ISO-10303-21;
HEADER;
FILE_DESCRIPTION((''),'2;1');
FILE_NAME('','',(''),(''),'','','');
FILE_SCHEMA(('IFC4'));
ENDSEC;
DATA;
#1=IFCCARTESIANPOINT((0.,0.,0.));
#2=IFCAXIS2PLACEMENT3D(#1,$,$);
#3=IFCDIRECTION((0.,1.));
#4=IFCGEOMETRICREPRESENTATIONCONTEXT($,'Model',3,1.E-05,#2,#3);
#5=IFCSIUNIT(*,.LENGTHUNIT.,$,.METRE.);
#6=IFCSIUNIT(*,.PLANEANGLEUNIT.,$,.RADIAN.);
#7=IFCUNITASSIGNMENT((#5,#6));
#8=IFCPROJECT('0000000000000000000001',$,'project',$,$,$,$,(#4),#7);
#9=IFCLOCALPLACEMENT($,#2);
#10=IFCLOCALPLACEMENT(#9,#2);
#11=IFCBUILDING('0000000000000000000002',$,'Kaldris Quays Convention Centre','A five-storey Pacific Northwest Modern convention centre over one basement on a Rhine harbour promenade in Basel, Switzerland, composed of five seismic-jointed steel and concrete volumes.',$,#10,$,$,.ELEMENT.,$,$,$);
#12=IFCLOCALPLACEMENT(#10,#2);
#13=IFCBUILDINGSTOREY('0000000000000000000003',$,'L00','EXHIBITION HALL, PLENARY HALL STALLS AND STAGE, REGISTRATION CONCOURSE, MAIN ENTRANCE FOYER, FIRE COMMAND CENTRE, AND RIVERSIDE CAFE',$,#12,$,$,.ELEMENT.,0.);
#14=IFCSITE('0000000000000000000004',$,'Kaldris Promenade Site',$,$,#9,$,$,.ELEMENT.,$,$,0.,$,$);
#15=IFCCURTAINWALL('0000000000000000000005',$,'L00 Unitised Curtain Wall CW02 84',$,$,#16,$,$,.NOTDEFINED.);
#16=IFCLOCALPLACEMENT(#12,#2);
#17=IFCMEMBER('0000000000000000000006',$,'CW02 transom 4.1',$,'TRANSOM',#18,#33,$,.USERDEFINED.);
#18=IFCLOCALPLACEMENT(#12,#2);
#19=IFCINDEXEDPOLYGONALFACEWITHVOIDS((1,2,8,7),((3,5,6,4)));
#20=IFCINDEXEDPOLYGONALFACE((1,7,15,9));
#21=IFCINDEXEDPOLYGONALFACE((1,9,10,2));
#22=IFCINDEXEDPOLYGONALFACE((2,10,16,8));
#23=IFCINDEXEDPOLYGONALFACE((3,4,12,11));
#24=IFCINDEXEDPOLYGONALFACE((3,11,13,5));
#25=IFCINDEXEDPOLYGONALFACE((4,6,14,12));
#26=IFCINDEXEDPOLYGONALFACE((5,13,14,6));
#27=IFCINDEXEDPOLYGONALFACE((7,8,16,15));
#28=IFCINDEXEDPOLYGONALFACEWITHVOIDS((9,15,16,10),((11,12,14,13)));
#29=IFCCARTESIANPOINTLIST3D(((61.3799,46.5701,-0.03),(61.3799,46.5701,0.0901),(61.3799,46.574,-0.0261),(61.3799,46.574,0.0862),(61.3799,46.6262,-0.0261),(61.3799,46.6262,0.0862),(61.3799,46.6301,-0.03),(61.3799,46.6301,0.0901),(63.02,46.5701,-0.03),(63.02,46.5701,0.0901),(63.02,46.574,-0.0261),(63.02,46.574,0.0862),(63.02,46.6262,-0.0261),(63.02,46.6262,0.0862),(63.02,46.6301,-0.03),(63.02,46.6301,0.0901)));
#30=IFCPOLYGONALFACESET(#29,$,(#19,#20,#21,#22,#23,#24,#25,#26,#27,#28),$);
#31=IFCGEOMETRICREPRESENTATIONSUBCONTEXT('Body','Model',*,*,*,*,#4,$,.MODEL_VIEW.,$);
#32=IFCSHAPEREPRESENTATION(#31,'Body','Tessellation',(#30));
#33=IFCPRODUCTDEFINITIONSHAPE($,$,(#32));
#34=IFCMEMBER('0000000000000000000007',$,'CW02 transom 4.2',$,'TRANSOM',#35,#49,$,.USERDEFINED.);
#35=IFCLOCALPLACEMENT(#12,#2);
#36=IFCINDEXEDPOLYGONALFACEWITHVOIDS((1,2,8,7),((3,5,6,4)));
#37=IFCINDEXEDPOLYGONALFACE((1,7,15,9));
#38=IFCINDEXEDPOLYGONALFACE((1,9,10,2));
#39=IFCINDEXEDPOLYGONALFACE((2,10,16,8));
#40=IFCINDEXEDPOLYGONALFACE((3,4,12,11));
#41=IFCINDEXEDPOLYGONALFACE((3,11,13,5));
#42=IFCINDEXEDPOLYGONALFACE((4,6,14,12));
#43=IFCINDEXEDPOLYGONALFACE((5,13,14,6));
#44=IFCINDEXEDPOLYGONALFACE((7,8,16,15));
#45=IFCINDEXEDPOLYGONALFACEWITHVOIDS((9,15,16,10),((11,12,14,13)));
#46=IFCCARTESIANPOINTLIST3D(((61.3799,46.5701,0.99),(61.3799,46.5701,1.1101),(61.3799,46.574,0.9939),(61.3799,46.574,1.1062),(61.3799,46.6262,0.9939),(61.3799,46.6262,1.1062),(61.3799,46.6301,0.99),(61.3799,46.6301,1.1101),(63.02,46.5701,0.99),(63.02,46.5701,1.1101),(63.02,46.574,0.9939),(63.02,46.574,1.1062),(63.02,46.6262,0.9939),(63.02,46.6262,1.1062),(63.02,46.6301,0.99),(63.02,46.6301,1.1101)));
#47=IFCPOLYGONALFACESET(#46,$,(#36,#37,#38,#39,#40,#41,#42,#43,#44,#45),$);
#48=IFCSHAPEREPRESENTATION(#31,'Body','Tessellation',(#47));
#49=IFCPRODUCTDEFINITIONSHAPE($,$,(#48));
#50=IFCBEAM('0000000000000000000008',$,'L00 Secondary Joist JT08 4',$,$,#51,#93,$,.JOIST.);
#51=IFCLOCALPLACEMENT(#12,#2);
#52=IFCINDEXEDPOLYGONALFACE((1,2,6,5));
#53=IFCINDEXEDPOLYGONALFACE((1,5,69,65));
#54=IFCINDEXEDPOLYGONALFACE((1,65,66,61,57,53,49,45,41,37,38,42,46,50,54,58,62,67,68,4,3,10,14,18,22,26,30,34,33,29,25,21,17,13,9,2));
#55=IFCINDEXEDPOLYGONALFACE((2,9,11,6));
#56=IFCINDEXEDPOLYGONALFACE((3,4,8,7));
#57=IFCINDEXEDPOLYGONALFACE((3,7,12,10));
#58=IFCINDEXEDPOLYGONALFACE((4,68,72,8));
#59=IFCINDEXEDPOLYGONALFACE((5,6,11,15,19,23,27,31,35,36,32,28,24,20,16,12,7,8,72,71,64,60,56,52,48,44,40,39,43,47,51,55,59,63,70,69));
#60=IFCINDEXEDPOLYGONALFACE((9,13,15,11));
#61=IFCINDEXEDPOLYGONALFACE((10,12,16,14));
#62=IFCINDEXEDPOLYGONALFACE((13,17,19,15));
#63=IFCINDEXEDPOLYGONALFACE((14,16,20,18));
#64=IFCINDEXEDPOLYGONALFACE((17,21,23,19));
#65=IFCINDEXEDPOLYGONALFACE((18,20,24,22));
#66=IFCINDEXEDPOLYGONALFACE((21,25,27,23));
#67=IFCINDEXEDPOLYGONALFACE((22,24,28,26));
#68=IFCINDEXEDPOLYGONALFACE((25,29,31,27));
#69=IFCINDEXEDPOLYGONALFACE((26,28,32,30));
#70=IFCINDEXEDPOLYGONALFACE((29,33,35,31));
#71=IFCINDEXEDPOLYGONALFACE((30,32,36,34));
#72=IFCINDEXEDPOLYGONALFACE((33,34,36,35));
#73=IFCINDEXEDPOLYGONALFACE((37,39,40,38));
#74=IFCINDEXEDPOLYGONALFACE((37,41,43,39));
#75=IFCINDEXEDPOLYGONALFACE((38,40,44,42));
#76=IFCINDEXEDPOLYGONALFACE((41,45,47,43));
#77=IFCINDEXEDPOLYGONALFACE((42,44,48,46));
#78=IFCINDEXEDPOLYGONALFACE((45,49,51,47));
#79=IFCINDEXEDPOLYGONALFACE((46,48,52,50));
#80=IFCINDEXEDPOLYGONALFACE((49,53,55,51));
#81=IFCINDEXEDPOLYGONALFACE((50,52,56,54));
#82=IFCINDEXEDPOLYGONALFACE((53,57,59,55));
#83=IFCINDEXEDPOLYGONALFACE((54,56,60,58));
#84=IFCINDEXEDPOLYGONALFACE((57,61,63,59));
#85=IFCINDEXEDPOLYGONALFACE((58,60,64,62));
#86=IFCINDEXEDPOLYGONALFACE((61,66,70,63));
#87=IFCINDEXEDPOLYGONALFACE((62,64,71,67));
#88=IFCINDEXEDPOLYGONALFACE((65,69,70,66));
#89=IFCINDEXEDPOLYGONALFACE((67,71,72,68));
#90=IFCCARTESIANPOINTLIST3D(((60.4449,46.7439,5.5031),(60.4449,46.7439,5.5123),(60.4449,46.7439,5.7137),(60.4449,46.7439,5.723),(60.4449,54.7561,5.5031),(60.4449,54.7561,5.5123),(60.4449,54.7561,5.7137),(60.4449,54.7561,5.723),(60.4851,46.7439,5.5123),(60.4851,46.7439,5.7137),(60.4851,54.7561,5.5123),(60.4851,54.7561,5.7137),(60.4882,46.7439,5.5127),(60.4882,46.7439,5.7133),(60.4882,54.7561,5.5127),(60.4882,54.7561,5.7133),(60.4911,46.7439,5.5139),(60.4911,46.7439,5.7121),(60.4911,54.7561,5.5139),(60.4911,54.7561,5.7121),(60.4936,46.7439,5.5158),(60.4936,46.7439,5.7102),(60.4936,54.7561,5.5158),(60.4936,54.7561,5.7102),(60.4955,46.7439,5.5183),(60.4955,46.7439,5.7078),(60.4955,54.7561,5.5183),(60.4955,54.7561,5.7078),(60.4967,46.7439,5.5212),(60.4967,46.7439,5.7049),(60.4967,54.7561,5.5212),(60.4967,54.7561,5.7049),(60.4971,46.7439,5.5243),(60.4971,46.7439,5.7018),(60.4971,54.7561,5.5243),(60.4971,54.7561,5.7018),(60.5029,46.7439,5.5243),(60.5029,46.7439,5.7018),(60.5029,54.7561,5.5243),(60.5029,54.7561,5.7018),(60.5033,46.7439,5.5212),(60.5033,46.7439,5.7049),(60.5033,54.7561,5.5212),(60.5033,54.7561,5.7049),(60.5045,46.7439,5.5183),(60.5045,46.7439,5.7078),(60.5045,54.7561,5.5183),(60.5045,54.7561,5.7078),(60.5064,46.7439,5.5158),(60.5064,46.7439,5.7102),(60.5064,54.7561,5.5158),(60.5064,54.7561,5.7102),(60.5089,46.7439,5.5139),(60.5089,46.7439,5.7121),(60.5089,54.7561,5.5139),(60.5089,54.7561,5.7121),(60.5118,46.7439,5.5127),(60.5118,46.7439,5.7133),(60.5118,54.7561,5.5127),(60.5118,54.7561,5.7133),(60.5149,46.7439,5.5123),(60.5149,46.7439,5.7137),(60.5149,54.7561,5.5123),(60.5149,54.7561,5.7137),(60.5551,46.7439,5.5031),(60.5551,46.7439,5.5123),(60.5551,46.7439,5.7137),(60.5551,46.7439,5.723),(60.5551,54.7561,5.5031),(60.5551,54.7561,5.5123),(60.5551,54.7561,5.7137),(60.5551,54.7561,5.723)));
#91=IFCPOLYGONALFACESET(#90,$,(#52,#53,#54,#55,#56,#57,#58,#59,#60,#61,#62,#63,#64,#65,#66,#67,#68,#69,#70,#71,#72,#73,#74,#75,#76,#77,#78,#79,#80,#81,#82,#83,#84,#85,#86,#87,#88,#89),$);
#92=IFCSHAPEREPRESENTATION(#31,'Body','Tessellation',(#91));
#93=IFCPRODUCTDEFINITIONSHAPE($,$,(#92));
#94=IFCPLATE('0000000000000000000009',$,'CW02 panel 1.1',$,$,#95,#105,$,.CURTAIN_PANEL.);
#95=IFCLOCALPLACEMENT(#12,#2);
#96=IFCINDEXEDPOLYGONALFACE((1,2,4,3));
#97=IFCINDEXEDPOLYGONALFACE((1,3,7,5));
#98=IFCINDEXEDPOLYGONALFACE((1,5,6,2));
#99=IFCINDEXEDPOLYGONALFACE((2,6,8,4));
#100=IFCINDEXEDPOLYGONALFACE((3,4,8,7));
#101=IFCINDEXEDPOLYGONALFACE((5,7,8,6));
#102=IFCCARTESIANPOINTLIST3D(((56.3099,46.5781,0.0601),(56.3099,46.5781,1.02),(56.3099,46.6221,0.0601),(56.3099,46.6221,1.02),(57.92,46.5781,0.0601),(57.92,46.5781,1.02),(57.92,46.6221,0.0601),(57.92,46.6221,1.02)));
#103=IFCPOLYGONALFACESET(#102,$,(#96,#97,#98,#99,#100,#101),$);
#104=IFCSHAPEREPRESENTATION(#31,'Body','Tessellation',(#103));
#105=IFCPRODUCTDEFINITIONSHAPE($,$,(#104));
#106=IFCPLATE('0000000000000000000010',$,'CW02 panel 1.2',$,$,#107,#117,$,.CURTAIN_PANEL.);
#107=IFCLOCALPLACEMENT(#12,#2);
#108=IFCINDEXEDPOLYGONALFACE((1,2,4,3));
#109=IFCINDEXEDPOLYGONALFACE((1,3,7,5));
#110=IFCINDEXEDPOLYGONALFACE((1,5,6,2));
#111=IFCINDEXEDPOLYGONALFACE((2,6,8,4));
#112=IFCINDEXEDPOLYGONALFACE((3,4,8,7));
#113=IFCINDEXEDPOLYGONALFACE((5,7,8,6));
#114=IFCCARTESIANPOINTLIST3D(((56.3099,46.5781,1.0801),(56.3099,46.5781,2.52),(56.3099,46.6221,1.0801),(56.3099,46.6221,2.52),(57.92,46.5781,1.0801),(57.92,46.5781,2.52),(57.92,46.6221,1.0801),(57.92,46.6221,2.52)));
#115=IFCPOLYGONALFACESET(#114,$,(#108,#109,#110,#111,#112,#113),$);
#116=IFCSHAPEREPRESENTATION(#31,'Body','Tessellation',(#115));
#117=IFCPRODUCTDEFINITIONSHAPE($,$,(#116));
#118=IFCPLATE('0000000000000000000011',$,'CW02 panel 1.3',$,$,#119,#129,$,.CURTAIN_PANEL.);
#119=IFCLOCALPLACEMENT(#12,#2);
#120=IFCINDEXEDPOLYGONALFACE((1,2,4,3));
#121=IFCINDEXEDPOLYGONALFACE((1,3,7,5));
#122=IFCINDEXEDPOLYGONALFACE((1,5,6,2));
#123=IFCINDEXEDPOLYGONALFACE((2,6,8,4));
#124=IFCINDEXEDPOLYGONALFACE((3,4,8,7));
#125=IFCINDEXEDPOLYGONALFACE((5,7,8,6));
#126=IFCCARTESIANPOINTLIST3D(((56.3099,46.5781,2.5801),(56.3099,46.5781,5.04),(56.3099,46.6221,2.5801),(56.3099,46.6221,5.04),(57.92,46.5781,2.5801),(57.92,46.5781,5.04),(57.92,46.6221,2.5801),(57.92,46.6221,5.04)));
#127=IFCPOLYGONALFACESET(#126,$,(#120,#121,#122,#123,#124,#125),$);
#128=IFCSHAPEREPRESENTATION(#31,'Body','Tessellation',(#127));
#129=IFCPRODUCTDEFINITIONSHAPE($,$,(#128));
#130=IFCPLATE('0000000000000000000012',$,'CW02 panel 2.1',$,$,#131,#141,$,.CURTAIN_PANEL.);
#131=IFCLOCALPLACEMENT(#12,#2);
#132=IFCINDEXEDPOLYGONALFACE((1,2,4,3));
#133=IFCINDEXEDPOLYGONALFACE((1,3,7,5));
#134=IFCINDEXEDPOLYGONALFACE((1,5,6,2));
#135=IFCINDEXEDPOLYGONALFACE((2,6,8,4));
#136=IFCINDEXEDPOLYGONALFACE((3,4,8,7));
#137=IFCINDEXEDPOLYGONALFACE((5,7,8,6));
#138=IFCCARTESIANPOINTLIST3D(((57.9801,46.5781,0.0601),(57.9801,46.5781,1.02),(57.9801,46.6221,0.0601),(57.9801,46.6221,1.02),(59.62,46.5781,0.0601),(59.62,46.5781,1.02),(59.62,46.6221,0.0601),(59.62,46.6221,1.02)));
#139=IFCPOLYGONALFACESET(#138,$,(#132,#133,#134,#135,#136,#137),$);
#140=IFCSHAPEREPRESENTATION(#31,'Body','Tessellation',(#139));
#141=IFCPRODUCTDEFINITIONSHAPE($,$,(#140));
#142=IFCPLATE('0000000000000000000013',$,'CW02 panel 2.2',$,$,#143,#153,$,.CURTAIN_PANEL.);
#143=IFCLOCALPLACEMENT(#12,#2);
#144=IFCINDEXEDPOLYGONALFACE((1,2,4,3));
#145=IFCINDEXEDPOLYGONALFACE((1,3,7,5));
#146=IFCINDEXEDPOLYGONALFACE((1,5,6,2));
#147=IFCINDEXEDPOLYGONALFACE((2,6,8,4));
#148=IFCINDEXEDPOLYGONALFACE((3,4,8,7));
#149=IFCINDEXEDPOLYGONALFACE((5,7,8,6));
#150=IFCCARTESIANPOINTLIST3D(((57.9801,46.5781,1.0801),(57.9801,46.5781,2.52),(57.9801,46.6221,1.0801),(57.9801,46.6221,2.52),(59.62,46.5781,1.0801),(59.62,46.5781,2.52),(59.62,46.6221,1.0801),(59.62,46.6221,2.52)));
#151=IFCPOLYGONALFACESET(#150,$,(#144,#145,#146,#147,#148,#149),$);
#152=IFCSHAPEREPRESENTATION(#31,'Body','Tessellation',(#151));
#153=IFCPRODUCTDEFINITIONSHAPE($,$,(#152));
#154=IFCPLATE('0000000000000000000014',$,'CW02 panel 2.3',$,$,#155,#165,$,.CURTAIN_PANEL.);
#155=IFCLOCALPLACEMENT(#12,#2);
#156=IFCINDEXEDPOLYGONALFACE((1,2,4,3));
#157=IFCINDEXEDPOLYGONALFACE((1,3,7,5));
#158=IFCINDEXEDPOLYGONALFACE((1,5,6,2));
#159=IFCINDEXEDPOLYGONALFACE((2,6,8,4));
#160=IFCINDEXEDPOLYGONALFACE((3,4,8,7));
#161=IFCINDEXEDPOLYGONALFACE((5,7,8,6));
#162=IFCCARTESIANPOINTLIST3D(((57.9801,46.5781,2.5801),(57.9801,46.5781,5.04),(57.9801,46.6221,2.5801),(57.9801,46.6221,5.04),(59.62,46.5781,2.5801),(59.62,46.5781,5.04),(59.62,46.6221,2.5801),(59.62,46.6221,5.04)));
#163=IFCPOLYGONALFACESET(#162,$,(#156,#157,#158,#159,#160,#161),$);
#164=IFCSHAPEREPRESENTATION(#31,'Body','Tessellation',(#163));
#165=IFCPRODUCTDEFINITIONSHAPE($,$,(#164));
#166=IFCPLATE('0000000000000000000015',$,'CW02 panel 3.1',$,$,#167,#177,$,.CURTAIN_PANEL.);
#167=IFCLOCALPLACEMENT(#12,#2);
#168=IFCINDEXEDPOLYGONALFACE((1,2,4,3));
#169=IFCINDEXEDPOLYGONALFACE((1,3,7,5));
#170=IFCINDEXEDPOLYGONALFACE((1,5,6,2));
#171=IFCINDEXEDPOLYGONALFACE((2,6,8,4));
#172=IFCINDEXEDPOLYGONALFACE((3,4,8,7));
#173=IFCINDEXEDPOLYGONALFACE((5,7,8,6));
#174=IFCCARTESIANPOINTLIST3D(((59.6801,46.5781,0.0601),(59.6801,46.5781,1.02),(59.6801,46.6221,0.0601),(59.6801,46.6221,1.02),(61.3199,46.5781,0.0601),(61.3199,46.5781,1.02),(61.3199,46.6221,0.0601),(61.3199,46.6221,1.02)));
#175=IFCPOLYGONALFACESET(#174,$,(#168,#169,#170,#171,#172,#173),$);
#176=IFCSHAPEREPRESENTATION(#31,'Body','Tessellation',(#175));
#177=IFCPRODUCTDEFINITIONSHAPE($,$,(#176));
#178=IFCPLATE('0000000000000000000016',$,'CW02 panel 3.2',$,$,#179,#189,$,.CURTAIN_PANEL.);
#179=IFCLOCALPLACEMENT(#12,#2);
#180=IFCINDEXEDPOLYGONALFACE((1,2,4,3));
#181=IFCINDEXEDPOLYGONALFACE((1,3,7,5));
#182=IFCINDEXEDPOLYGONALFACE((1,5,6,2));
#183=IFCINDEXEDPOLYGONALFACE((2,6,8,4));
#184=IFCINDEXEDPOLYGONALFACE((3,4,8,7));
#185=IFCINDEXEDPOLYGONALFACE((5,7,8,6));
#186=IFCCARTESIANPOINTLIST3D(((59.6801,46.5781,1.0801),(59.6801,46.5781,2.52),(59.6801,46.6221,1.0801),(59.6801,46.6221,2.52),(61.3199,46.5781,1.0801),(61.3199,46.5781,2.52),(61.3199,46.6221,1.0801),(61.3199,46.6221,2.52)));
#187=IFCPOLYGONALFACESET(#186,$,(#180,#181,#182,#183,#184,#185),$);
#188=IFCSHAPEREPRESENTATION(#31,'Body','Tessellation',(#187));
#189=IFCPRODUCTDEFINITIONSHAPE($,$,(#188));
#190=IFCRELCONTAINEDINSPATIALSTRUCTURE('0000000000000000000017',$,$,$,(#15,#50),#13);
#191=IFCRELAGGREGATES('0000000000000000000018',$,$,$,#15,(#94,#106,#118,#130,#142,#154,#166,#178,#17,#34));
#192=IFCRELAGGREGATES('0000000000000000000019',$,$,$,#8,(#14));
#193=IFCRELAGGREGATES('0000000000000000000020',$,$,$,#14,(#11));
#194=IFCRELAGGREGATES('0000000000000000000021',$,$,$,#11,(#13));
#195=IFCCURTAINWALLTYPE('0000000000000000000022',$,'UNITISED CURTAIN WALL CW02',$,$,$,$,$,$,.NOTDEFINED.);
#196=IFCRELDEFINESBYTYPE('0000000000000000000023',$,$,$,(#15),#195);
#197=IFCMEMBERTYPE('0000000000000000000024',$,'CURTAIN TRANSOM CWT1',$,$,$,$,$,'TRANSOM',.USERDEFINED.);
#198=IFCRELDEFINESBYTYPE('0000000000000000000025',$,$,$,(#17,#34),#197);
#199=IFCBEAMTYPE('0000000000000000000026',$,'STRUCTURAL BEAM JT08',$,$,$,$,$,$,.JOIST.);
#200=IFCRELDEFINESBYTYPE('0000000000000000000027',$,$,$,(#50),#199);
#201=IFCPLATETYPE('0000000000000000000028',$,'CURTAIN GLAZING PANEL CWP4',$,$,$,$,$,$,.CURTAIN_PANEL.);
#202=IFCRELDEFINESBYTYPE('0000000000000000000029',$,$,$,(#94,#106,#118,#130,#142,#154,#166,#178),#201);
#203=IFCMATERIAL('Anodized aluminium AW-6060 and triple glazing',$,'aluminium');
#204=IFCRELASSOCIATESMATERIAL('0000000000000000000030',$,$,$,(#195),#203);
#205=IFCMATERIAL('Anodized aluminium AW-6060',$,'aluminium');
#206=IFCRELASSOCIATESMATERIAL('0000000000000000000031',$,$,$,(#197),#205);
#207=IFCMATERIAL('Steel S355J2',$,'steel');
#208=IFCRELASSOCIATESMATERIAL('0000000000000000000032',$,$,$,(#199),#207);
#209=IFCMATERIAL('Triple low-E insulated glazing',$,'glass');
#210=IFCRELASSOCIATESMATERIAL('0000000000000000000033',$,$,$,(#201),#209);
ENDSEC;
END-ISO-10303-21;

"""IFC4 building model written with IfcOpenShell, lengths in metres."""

from ifc_helpers import new_model, si_unit, direction, frame, origin, origin_2d, place, context, subcontext, project, spatial, rectangle, hollow_rectangle, i_section, extrude, material, material_profile, profile_set, type_object, element, aggregate, save


model = new_model("IFC4")

# Units and contexts
model_context = context("Model", 3, precision=1e-05, world=origin(), true_north=direction((0.0, 1.0)))
body_context = subcontext(model_context, "Body", "Model", "MODEL_VIEW")
ifc_project = project(units=[si_unit("LENGTHUNIT", "METRE"), si_unit("PLANEANGLEUNIT", "RADIAN")], contexts=[model_context])

# Site, building, storey
site_placement = place(None, origin())
site = spatial("IfcSite", under=ifc_project, at=site_placement, Name="Kaldris Promenade Site", CompositionType="ELEMENT", RefElevation=0.0)
building_placement = place(site_placement, origin())
building = spatial("IfcBuilding", under=site, at=building_placement, Name="Kaldris Quays Convention Centre", Description="A five-storey Pacific Northwest Modern convention centre over one basement on a Rhine harbour promenade in Basel, Switzerland, composed of five seismic-jointed steel and concrete volumes.", CompositionType="ELEMENT")
storey_placement = place(building_placement, origin())
storey = spatial("IfcBuildingStorey", under=building, at=storey_placement, Name="L00", Description="EXHIBITION HALL, PLENARY HALL STALLS AND STAGE, REGISTRATION CONCOURSE, MAIN ENTRANCE FOYER, FIRE COMMAND CENTRE, AND RIVERSIDE CAFE", CompositionType="ELEMENT", Elevation=0.0)

# Curtain wall, members
ifc_material_1 = material(Name="Anodized aluminium AW-6060 and triple glazing", Category="aluminium")
curtain_wall_type = type_object("IfcCurtainWallType", Name="UNITISED CURTAIN WALL CW02", PredefinedType="NOTDEFINED", material=ifc_material_1)
curtain_wall_placement = place(storey_placement, origin())
curtain_wall = element("IfcCurtainWall", 1, at=curtain_wall_placement, inside=storey, type_object=curtain_wall_type, Name="L00 Unitised Curtain Wall CW02 84", PredefinedType="NOTDEFINED")
ifc_material_2 = material(Name="Anodized aluminium AW-6060", Category="aluminium")
ifc_material_profile_1 = material_profile(ifc_material_2, hollow_rectangle(XDim=0.0601, YDim=0.1201, WallThickness=0.0039, at=origin_2d()), Name="RHS 120x60x4")
ifc_profile_set_1 = profile_set([ifc_material_profile_1], Name="Anodized aluminium AW-6060")
member_type_1 = type_object("IfcMemberType", Name="CURTAIN TRANSOM CWT1", ElementType="TRANSOM", PredefinedType="USERDEFINED", material=ifc_profile_set_1)
member_1_placement = place(storey_placement, frame((61.3799, 46.6001, 0.03), z_axis=(1.0, 0.0, 0.0), x_axis=(0.0, 1.0, 0.0)))
member_1 = element("IfcMember", 2, at=member_1_placement, type_object=member_type_1, Name="CW02 transom 4.1", ObjectType="TRANSOM", PredefinedType="USERDEFINED", context=body_context, shape_type="SweptSolid", body=[
    extrude(hollow_rectangle(XDim=0.0601, YDim=0.1201, WallThickness=0.0039, at=origin_2d()), origin(), (0.0, 0.0, 1.0), 1.6401),
])
member_2_placement = place(storey_placement, frame((61.3799, 46.6001, 1.05), z_axis=(1.0, 0.0, 0.0), x_axis=(0.0, 1.0, 0.0)))
member_2 = element("IfcMember", 3, at=member_2_placement, type_object=member_type_1, Name="CW02 transom 4.2", ObjectType="TRANSOM", PredefinedType="USERDEFINED", context=body_context, shape_type="SweptSolid", body=[
    extrude(hollow_rectangle(XDim=0.0601, YDim=0.1201, WallThickness=0.0039, at=origin_2d()), origin(), (0.0, 0.0, 1.0), 1.6401),
])

# Beam
ifc_material_3 = material(Name="Steel S355J2", Category="steel")
ifc_material_profile_2 = material_profile(ifc_material_3, i_section(OverallWidth=0.1101, OverallDepth=0.22, WebThickness=0.0059, FlangeThickness=0.0093, FilletRadius=0.012, at=origin_2d()), Name="IPE 220")
ifc_profile_set_2 = profile_set([ifc_material_profile_2], Name="Steel S355J2")
beam_type = type_object("IfcBeamType", Name="STRUCTURAL BEAM JT08", PredefinedType="JOIST", material=ifc_profile_set_2)
beam_placement = place(storey_placement, frame((60.5, 46.7439, 5.613), z_axis=(0.0, 1.0, 0.0), x_axis=(-1.0, 0.0, 0.0)))
element("IfcBeam", 4, at=beam_placement, inside=storey, type_object=beam_type, Name="L00 Secondary Joist JT08 4", PredefinedType="JOIST", context=body_context, shape_type="SweptSolid", body=[
    extrude(i_section(OverallWidth=0.1101, OverallDepth=0.22, WebThickness=0.0059, FlangeThickness=0.0093, FilletRadius=0.012, at=origin_2d()), origin(), (0.0, 0.0, 1.0), 8.0122),
])

# Plates
ifc_material_4 = material(Name="Triple low-E insulated glazing", Category="glass")
plate_type = type_object("IfcPlateType", Name="CURTAIN GLAZING PANEL CWP4", PredefinedType="CURTAIN_PANEL", material=ifc_material_4)
plate_1_placement = place(storey_placement, frame((57.115, 46.6001, 0.0601), z_axis=(0.0, 0.0, 1.0), x_axis=(1.0, 0.0, 0.0)))
plate_1 = element("IfcPlate", 5, at=plate_1_placement, type_object=plate_type, Name="CW02 panel 1.1", PredefinedType="CURTAIN_PANEL", context=body_context, shape_type="SweptSolid", body=[
    extrude(rectangle(XDim=1.6101, YDim=0.0439, at=origin_2d()), origin(), (0.0, 0.0, 1.0), 0.96),
])
plate_2_placement = place(storey_placement, frame((57.115, 46.6001, 1.0801), z_axis=(0.0, 0.0, 1.0), x_axis=(1.0, 0.0, 0.0)))
plate_2 = element("IfcPlate", 6, at=plate_2_placement, type_object=plate_type, Name="CW02 panel 1.2", PredefinedType="CURTAIN_PANEL", context=body_context, shape_type="SweptSolid", body=[
    extrude(rectangle(XDim=1.6101, YDim=0.0439, at=origin_2d()), origin(), (0.0, 0.0, 1.0), 1.4399),
])
plate_3_placement = place(storey_placement, frame((57.115, 46.6001, 2.5801), z_axis=(0.0, 0.0, 1.0), x_axis=(1.0, 0.0, 0.0)))
plate_3 = element("IfcPlate", 7, at=plate_3_placement, type_object=plate_type, Name="CW02 panel 1.3", PredefinedType="CURTAIN_PANEL", context=body_context, shape_type="SweptSolid", body=[
    extrude(rectangle(XDim=1.6101, YDim=0.0439, at=origin_2d()), origin(), (0.0, 0.0, 1.0), 2.46),
])
plate_4_placement = place(storey_placement, frame((58.8, 46.6001, 0.0601), z_axis=(0.0, 0.0, 1.0), x_axis=(1.0, 0.0, 0.0)))
plate_4 = element("IfcPlate", 8, at=plate_4_placement, type_object=plate_type, Name="CW02 panel 2.1", PredefinedType="CURTAIN_PANEL", context=body_context, shape_type="SweptSolid", body=[
    extrude(rectangle(XDim=1.6399, YDim=0.0439, at=origin_2d()), origin(), (0.0, 0.0, 1.0), 0.96),
])
plate_5_placement = place(storey_placement, frame((58.8, 46.6001, 1.0801), z_axis=(0.0, 0.0, 1.0), x_axis=(1.0, 0.0, 0.0)))
plate_5 = element("IfcPlate", 9, at=plate_5_placement, type_object=plate_type, Name="CW02 panel 2.2", PredefinedType="CURTAIN_PANEL", context=body_context, shape_type="SweptSolid", body=[
    extrude(rectangle(XDim=1.6399, YDim=0.0439, at=origin_2d()), origin(), (0.0, 0.0, 1.0), 1.4399),
])
plate_6_placement = place(storey_placement, frame((58.8, 46.6001, 2.5801), z_axis=(0.0, 0.0, 1.0), x_axis=(1.0, 0.0, 0.0)))
plate_6 = element("IfcPlate", 10, at=plate_6_placement, type_object=plate_type, Name="CW02 panel 2.3", PredefinedType="CURTAIN_PANEL", context=body_context, shape_type="SweptSolid", body=[
    extrude(rectangle(XDim=1.6399, YDim=0.0439, at=origin_2d()), origin(), (0.0, 0.0, 1.0), 2.46),
])
plate_7_placement = place(storey_placement, frame((60.5, 46.6001, 0.0601), z_axis=(0.0, 0.0, 1.0), x_axis=(1.0, 0.0, 0.0)))
plate_7 = element("IfcPlate", 11, at=plate_7_placement, type_object=plate_type, Name="CW02 panel 3.1", PredefinedType="CURTAIN_PANEL", context=body_context, shape_type="SweptSolid", body=[
    extrude(rectangle(XDim=1.6399, YDim=0.0439, at=origin_2d()), origin(), (0.0, 0.0, 1.0), 0.96),
])
plate_8_placement = place(storey_placement, frame((60.5, 46.6001, 1.0801), z_axis=(0.0, 0.0, 1.0), x_axis=(1.0, 0.0, 0.0)))
plate_8 = element("IfcPlate", 12, at=plate_8_placement, type_object=plate_type, Name="CW02 panel 3.2", PredefinedType="CURTAIN_PANEL", context=body_context, shape_type="SweptSolid", body=[
    extrude(rectangle(XDim=1.6399, YDim=0.0439, at=origin_2d()), origin(), (0.0, 0.0, 1.0), 1.4399),
])
aggregate(curtain_wall, [plate_1, plate_2, plate_3, plate_4, plate_5, plate_6, plate_7, plate_8, member_1, member_2])

save(model, "model.ifc")
